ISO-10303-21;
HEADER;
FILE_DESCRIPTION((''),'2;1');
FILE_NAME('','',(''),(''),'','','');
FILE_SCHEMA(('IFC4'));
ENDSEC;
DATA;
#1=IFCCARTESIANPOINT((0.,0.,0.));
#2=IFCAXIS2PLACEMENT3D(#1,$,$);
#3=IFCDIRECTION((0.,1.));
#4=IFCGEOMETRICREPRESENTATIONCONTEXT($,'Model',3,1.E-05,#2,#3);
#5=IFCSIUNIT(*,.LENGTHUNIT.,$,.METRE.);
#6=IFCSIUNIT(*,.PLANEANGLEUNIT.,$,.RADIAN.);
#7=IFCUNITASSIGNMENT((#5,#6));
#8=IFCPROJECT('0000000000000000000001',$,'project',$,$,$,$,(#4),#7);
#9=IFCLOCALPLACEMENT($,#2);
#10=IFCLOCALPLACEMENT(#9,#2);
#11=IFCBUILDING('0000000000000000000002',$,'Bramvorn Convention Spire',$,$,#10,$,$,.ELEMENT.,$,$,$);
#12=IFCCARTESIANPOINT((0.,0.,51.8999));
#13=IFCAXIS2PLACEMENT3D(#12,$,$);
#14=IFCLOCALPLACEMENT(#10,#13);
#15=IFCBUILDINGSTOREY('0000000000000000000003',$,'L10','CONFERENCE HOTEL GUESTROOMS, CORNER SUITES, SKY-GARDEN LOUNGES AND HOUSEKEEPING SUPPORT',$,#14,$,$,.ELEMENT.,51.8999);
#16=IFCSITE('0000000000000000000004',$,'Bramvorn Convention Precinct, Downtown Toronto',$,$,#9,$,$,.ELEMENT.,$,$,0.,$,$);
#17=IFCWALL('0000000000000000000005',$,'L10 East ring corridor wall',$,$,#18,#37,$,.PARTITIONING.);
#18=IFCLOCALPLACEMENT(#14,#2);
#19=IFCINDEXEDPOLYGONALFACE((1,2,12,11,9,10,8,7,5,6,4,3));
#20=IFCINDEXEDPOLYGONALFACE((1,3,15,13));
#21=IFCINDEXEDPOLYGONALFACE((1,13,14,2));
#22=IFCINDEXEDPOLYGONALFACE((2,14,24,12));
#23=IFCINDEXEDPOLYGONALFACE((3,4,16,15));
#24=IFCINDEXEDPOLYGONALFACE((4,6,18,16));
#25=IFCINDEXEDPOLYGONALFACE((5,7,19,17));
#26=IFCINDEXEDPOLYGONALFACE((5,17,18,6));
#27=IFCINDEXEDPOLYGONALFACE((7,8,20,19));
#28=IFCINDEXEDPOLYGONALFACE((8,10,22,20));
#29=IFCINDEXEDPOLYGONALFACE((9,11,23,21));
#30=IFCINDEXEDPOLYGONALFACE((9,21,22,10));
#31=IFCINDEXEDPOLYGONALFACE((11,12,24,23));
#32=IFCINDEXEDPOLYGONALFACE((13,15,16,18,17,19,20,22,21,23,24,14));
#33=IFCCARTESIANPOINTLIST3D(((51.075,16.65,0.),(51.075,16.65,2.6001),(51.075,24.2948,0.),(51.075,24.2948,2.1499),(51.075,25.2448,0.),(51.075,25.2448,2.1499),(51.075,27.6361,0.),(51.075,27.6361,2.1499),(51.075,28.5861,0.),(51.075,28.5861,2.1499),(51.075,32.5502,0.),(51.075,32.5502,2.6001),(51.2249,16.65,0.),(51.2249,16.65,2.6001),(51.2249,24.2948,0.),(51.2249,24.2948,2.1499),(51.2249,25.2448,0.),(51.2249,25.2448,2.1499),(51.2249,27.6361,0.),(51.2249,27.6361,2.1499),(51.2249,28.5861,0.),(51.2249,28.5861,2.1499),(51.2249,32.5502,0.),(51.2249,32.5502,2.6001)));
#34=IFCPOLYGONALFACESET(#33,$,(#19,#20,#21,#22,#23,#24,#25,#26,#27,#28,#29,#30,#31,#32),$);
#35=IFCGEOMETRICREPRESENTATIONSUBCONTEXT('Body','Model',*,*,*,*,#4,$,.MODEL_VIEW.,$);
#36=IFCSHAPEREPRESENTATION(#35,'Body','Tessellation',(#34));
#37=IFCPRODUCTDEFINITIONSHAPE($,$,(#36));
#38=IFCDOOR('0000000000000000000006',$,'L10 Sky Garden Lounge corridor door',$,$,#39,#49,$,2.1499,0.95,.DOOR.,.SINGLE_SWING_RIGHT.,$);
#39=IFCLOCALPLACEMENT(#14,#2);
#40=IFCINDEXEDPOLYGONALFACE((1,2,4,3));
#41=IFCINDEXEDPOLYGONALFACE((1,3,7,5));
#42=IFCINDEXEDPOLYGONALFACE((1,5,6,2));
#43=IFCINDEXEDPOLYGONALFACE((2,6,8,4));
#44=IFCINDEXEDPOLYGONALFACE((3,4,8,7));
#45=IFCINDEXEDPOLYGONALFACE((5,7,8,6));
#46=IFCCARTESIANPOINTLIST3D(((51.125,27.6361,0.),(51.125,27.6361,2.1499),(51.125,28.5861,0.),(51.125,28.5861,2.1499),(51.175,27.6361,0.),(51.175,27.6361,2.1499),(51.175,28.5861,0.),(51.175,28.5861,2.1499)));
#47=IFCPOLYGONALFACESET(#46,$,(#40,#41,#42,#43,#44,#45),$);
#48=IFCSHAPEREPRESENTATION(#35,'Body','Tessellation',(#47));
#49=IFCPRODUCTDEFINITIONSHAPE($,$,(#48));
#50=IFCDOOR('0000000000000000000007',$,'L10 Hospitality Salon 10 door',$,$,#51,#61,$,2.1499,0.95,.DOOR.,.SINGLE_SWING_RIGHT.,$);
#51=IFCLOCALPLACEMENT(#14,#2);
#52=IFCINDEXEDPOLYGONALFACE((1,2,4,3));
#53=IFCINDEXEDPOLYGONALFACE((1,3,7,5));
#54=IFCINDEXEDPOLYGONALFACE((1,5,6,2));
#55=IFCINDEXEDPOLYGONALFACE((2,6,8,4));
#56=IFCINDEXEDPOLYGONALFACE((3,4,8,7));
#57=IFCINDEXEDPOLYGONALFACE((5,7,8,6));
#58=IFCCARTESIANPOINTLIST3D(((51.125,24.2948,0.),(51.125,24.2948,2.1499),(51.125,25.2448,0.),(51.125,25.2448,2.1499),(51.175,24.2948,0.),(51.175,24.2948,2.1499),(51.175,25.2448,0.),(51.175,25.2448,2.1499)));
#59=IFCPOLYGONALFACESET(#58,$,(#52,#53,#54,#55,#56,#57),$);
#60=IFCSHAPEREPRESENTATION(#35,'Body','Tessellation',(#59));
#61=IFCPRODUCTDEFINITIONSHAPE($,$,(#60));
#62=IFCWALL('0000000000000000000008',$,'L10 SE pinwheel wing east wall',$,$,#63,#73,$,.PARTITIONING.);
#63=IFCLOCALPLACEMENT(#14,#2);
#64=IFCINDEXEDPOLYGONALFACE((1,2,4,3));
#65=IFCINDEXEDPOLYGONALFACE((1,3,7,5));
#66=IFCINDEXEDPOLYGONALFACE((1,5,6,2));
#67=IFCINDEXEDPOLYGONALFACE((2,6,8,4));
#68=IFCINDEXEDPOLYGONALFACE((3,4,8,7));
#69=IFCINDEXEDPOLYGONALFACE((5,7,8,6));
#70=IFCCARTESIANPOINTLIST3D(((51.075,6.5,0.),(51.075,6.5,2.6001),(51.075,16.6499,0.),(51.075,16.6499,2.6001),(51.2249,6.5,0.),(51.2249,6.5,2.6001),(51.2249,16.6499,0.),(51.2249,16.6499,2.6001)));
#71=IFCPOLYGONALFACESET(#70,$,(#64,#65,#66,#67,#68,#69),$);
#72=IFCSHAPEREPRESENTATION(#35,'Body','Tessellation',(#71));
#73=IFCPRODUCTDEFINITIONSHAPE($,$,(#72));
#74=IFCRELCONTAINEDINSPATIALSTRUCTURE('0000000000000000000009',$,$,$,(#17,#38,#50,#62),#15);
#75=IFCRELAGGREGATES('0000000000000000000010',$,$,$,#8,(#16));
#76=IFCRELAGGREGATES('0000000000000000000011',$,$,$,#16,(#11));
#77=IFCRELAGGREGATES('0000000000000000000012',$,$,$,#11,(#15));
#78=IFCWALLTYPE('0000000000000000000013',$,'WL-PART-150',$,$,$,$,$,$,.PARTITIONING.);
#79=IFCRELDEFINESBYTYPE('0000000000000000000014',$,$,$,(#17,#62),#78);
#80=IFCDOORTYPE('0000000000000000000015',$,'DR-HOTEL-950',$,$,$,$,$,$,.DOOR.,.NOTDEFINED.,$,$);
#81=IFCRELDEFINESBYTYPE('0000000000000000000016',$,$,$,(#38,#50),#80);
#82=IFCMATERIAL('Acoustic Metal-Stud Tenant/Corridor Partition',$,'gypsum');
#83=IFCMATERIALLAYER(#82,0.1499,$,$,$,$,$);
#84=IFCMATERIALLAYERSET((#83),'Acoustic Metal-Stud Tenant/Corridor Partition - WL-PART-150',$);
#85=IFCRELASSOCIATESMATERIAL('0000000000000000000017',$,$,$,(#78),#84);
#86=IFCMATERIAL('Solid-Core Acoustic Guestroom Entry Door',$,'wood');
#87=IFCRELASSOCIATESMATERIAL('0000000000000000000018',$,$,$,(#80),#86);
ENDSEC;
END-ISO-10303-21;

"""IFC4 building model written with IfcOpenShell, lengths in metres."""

from ifc_helpers import new_model, si_unit, direction, frame, frame_2d, origin, place, context, subcontext, project, spatial, rectangle, extrude, material, layer, layer_set, type_object, element, fill, save


model = new_model("IFC4")

# Units and contexts
model_context = context("Model", 3, precision=1e-05, world=origin(), true_north=direction((0.0, 1.0)))
body_context = subcontext(model_context, "Body", "Model", "MODEL_VIEW")
ifc_project = project(units=[si_unit("LENGTHUNIT", "METRE"), si_unit("PLANEANGLEUNIT", "RADIAN")], contexts=[model_context])

# Site, building, storey
site_placement = place(None, origin())
site = spatial("IfcSite", under=ifc_project, at=site_placement, Name="Bramvorn Convention Precinct, Downtown Toronto", CompositionType="ELEMENT", RefElevation=0.0)
building_placement = place(site_placement, origin())
building = spatial("IfcBuilding", under=site, at=building_placement, Name="Bramvorn Convention Spire", CompositionType="ELEMENT")
storey_placement = place(building_placement, frame((0.0, 0.0, 51.8999)))
storey = spatial("IfcBuildingStorey", under=building, at=storey_placement, Name="L10", Description="CONFERENCE HOTEL GUESTROOMS, CORNER SUITES, SKY-GARDEN LOUNGES AND HOUSEKEEPING SUPPORT", CompositionType="ELEMENT", Elevation=51.8999)

# Wall, openings, doors
ifc_material_1 = material(Name="Acoustic Metal-Stud Tenant/Corridor Partition", Category="gypsum")
ifc_layer_1 = layer(ifc_material_1, 0.1499)
ifc_layer_set_1 = layer_set([ifc_layer_1], Name="Acoustic Metal-Stud Tenant/Corridor Partition - WL-PART-150")
wall_type_1 = type_object("IfcWallType", Name="WL-PART-150", PredefinedType="PARTITIONING", material=ifc_layer_set_1)
wall_1_placement = place(storey_placement, frame((51.1499, 16.6499, 0.0), z_axis=(0.0, 0.0, 1.0), x_axis=(0.0, 1.0, 0.0)))
wall_1 = element("IfcWall", 1, at=wall_1_placement, inside=storey, type_object=wall_type_1, Name="L10 East ring corridor wall", PredefinedType="PARTITIONING", context=body_context, shape_type="SweptSolid", body=[
    extrude(rectangle(XDim=15.9001, YDim=0.1499, at=frame_2d((7.9502, 0.0))), origin(), (0.0, 0.0, 1.0), 2.6001),
])
opening_1_placement = place(wall_1_placement, frame((10.9861, 0.0, 0.0)))
opening_1 = element("IfcOpeningElement", 2, at=opening_1_placement, cuts=wall_1, PredefinedType="OPENING", context=body_context, shape_type="SweptSolid", body=[
    extrude(rectangle(XDim=0.95, YDim=2.1499, at=frame_2d((0.4751, 1.075))), frame((0.0, 0.085, 0.0), z_axis=(0.0, -1.0, 0.0), x_axis=(1.0, 0.0, 0.0)), (0.0, 0.0, 1.0), 0.1699),
])
opening_2_placement = place(wall_1_placement, frame((7.6448, 0.0, 0.0)))
opening_2 = element("IfcOpeningElement", 3, at=opening_2_placement, cuts=wall_1, PredefinedType="OPENING", context=body_context, shape_type="SweptSolid", body=[
    extrude(rectangle(XDim=0.95, YDim=2.1499, at=frame_2d((0.4751, 1.075))), frame((0.0, 0.085, 0.0), z_axis=(0.0, -1.0, 0.0), x_axis=(1.0, 0.0, 0.0)), (0.0, 0.0, 1.0), 0.1699),
])
ifc_material_2 = material(Name="Solid-Core Acoustic Guestroom Entry Door", Category="wood")
door_type_1 = type_object("IfcDoorType", Name="DR-HOTEL-950", OperationType="NOTDEFINED", PredefinedType="DOOR", material=ifc_material_2)
door_1_placement = place(opening_1_placement, origin())
door_1 = element("IfcDoor", 4, at=door_1_placement, inside=storey, type_object=door_type_1, Name="L10 Sky Garden Lounge corridor door", OperationType="SINGLE_SWING_RIGHT", OverallHeight=2.1499, OverallWidth=0.95, PredefinedType="DOOR", context=body_context, shape_type="SweptSolid", body=[
    extrude(rectangle(XDim=0.95, YDim=2.1499, at=frame_2d((0.4751, 1.075))), frame((0.0, 0.0249, 0.0), z_axis=(0.0, -1.0, 0.0), x_axis=(1.0, 0.0, 0.0)), (0.0, 0.0, 1.0), 0.05),
])
fill(opening_1, door_1)
door_2_placement = place(opening_2_placement, origin())
door_2 = element("IfcDoor", 5, at=door_2_placement, inside=storey, type_object=door_type_1, Name="L10 Hospitality Salon 10 door", OperationType="SINGLE_SWING_RIGHT", OverallHeight=2.1499, OverallWidth=0.95, PredefinedType="DOOR", context=body_context, shape_type="SweptSolid", body=[
    extrude(rectangle(XDim=0.95, YDim=2.1499, at=frame_2d((0.4751, 1.075))), frame((0.0, 0.0249, 0.0), z_axis=(0.0, -1.0, 0.0), x_axis=(1.0, 0.0, 0.0)), (0.0, 0.0, 1.0), 0.05),
])
fill(opening_2, door_2)

# Wall
wall_2_placement = place(storey_placement, frame((51.1499, 6.5, 0.0), z_axis=(0.0, 0.0, 1.0), x_axis=(0.0, 1.0, 0.0)))
element("IfcWall", 6, at=wall_2_placement, inside=storey, type_object=wall_type_1, Name="L10 SE pinwheel wing east wall", PredefinedType="PARTITIONING", context=body_context, shape_type="SweptSolid", body=[
    extrude(rectangle(XDim=10.1499, YDim=0.1499, at=frame_2d((5.075, 0.0))), origin(), (0.0, 0.0, 1.0), 2.6001),
])

save(model, "model.ifc")
